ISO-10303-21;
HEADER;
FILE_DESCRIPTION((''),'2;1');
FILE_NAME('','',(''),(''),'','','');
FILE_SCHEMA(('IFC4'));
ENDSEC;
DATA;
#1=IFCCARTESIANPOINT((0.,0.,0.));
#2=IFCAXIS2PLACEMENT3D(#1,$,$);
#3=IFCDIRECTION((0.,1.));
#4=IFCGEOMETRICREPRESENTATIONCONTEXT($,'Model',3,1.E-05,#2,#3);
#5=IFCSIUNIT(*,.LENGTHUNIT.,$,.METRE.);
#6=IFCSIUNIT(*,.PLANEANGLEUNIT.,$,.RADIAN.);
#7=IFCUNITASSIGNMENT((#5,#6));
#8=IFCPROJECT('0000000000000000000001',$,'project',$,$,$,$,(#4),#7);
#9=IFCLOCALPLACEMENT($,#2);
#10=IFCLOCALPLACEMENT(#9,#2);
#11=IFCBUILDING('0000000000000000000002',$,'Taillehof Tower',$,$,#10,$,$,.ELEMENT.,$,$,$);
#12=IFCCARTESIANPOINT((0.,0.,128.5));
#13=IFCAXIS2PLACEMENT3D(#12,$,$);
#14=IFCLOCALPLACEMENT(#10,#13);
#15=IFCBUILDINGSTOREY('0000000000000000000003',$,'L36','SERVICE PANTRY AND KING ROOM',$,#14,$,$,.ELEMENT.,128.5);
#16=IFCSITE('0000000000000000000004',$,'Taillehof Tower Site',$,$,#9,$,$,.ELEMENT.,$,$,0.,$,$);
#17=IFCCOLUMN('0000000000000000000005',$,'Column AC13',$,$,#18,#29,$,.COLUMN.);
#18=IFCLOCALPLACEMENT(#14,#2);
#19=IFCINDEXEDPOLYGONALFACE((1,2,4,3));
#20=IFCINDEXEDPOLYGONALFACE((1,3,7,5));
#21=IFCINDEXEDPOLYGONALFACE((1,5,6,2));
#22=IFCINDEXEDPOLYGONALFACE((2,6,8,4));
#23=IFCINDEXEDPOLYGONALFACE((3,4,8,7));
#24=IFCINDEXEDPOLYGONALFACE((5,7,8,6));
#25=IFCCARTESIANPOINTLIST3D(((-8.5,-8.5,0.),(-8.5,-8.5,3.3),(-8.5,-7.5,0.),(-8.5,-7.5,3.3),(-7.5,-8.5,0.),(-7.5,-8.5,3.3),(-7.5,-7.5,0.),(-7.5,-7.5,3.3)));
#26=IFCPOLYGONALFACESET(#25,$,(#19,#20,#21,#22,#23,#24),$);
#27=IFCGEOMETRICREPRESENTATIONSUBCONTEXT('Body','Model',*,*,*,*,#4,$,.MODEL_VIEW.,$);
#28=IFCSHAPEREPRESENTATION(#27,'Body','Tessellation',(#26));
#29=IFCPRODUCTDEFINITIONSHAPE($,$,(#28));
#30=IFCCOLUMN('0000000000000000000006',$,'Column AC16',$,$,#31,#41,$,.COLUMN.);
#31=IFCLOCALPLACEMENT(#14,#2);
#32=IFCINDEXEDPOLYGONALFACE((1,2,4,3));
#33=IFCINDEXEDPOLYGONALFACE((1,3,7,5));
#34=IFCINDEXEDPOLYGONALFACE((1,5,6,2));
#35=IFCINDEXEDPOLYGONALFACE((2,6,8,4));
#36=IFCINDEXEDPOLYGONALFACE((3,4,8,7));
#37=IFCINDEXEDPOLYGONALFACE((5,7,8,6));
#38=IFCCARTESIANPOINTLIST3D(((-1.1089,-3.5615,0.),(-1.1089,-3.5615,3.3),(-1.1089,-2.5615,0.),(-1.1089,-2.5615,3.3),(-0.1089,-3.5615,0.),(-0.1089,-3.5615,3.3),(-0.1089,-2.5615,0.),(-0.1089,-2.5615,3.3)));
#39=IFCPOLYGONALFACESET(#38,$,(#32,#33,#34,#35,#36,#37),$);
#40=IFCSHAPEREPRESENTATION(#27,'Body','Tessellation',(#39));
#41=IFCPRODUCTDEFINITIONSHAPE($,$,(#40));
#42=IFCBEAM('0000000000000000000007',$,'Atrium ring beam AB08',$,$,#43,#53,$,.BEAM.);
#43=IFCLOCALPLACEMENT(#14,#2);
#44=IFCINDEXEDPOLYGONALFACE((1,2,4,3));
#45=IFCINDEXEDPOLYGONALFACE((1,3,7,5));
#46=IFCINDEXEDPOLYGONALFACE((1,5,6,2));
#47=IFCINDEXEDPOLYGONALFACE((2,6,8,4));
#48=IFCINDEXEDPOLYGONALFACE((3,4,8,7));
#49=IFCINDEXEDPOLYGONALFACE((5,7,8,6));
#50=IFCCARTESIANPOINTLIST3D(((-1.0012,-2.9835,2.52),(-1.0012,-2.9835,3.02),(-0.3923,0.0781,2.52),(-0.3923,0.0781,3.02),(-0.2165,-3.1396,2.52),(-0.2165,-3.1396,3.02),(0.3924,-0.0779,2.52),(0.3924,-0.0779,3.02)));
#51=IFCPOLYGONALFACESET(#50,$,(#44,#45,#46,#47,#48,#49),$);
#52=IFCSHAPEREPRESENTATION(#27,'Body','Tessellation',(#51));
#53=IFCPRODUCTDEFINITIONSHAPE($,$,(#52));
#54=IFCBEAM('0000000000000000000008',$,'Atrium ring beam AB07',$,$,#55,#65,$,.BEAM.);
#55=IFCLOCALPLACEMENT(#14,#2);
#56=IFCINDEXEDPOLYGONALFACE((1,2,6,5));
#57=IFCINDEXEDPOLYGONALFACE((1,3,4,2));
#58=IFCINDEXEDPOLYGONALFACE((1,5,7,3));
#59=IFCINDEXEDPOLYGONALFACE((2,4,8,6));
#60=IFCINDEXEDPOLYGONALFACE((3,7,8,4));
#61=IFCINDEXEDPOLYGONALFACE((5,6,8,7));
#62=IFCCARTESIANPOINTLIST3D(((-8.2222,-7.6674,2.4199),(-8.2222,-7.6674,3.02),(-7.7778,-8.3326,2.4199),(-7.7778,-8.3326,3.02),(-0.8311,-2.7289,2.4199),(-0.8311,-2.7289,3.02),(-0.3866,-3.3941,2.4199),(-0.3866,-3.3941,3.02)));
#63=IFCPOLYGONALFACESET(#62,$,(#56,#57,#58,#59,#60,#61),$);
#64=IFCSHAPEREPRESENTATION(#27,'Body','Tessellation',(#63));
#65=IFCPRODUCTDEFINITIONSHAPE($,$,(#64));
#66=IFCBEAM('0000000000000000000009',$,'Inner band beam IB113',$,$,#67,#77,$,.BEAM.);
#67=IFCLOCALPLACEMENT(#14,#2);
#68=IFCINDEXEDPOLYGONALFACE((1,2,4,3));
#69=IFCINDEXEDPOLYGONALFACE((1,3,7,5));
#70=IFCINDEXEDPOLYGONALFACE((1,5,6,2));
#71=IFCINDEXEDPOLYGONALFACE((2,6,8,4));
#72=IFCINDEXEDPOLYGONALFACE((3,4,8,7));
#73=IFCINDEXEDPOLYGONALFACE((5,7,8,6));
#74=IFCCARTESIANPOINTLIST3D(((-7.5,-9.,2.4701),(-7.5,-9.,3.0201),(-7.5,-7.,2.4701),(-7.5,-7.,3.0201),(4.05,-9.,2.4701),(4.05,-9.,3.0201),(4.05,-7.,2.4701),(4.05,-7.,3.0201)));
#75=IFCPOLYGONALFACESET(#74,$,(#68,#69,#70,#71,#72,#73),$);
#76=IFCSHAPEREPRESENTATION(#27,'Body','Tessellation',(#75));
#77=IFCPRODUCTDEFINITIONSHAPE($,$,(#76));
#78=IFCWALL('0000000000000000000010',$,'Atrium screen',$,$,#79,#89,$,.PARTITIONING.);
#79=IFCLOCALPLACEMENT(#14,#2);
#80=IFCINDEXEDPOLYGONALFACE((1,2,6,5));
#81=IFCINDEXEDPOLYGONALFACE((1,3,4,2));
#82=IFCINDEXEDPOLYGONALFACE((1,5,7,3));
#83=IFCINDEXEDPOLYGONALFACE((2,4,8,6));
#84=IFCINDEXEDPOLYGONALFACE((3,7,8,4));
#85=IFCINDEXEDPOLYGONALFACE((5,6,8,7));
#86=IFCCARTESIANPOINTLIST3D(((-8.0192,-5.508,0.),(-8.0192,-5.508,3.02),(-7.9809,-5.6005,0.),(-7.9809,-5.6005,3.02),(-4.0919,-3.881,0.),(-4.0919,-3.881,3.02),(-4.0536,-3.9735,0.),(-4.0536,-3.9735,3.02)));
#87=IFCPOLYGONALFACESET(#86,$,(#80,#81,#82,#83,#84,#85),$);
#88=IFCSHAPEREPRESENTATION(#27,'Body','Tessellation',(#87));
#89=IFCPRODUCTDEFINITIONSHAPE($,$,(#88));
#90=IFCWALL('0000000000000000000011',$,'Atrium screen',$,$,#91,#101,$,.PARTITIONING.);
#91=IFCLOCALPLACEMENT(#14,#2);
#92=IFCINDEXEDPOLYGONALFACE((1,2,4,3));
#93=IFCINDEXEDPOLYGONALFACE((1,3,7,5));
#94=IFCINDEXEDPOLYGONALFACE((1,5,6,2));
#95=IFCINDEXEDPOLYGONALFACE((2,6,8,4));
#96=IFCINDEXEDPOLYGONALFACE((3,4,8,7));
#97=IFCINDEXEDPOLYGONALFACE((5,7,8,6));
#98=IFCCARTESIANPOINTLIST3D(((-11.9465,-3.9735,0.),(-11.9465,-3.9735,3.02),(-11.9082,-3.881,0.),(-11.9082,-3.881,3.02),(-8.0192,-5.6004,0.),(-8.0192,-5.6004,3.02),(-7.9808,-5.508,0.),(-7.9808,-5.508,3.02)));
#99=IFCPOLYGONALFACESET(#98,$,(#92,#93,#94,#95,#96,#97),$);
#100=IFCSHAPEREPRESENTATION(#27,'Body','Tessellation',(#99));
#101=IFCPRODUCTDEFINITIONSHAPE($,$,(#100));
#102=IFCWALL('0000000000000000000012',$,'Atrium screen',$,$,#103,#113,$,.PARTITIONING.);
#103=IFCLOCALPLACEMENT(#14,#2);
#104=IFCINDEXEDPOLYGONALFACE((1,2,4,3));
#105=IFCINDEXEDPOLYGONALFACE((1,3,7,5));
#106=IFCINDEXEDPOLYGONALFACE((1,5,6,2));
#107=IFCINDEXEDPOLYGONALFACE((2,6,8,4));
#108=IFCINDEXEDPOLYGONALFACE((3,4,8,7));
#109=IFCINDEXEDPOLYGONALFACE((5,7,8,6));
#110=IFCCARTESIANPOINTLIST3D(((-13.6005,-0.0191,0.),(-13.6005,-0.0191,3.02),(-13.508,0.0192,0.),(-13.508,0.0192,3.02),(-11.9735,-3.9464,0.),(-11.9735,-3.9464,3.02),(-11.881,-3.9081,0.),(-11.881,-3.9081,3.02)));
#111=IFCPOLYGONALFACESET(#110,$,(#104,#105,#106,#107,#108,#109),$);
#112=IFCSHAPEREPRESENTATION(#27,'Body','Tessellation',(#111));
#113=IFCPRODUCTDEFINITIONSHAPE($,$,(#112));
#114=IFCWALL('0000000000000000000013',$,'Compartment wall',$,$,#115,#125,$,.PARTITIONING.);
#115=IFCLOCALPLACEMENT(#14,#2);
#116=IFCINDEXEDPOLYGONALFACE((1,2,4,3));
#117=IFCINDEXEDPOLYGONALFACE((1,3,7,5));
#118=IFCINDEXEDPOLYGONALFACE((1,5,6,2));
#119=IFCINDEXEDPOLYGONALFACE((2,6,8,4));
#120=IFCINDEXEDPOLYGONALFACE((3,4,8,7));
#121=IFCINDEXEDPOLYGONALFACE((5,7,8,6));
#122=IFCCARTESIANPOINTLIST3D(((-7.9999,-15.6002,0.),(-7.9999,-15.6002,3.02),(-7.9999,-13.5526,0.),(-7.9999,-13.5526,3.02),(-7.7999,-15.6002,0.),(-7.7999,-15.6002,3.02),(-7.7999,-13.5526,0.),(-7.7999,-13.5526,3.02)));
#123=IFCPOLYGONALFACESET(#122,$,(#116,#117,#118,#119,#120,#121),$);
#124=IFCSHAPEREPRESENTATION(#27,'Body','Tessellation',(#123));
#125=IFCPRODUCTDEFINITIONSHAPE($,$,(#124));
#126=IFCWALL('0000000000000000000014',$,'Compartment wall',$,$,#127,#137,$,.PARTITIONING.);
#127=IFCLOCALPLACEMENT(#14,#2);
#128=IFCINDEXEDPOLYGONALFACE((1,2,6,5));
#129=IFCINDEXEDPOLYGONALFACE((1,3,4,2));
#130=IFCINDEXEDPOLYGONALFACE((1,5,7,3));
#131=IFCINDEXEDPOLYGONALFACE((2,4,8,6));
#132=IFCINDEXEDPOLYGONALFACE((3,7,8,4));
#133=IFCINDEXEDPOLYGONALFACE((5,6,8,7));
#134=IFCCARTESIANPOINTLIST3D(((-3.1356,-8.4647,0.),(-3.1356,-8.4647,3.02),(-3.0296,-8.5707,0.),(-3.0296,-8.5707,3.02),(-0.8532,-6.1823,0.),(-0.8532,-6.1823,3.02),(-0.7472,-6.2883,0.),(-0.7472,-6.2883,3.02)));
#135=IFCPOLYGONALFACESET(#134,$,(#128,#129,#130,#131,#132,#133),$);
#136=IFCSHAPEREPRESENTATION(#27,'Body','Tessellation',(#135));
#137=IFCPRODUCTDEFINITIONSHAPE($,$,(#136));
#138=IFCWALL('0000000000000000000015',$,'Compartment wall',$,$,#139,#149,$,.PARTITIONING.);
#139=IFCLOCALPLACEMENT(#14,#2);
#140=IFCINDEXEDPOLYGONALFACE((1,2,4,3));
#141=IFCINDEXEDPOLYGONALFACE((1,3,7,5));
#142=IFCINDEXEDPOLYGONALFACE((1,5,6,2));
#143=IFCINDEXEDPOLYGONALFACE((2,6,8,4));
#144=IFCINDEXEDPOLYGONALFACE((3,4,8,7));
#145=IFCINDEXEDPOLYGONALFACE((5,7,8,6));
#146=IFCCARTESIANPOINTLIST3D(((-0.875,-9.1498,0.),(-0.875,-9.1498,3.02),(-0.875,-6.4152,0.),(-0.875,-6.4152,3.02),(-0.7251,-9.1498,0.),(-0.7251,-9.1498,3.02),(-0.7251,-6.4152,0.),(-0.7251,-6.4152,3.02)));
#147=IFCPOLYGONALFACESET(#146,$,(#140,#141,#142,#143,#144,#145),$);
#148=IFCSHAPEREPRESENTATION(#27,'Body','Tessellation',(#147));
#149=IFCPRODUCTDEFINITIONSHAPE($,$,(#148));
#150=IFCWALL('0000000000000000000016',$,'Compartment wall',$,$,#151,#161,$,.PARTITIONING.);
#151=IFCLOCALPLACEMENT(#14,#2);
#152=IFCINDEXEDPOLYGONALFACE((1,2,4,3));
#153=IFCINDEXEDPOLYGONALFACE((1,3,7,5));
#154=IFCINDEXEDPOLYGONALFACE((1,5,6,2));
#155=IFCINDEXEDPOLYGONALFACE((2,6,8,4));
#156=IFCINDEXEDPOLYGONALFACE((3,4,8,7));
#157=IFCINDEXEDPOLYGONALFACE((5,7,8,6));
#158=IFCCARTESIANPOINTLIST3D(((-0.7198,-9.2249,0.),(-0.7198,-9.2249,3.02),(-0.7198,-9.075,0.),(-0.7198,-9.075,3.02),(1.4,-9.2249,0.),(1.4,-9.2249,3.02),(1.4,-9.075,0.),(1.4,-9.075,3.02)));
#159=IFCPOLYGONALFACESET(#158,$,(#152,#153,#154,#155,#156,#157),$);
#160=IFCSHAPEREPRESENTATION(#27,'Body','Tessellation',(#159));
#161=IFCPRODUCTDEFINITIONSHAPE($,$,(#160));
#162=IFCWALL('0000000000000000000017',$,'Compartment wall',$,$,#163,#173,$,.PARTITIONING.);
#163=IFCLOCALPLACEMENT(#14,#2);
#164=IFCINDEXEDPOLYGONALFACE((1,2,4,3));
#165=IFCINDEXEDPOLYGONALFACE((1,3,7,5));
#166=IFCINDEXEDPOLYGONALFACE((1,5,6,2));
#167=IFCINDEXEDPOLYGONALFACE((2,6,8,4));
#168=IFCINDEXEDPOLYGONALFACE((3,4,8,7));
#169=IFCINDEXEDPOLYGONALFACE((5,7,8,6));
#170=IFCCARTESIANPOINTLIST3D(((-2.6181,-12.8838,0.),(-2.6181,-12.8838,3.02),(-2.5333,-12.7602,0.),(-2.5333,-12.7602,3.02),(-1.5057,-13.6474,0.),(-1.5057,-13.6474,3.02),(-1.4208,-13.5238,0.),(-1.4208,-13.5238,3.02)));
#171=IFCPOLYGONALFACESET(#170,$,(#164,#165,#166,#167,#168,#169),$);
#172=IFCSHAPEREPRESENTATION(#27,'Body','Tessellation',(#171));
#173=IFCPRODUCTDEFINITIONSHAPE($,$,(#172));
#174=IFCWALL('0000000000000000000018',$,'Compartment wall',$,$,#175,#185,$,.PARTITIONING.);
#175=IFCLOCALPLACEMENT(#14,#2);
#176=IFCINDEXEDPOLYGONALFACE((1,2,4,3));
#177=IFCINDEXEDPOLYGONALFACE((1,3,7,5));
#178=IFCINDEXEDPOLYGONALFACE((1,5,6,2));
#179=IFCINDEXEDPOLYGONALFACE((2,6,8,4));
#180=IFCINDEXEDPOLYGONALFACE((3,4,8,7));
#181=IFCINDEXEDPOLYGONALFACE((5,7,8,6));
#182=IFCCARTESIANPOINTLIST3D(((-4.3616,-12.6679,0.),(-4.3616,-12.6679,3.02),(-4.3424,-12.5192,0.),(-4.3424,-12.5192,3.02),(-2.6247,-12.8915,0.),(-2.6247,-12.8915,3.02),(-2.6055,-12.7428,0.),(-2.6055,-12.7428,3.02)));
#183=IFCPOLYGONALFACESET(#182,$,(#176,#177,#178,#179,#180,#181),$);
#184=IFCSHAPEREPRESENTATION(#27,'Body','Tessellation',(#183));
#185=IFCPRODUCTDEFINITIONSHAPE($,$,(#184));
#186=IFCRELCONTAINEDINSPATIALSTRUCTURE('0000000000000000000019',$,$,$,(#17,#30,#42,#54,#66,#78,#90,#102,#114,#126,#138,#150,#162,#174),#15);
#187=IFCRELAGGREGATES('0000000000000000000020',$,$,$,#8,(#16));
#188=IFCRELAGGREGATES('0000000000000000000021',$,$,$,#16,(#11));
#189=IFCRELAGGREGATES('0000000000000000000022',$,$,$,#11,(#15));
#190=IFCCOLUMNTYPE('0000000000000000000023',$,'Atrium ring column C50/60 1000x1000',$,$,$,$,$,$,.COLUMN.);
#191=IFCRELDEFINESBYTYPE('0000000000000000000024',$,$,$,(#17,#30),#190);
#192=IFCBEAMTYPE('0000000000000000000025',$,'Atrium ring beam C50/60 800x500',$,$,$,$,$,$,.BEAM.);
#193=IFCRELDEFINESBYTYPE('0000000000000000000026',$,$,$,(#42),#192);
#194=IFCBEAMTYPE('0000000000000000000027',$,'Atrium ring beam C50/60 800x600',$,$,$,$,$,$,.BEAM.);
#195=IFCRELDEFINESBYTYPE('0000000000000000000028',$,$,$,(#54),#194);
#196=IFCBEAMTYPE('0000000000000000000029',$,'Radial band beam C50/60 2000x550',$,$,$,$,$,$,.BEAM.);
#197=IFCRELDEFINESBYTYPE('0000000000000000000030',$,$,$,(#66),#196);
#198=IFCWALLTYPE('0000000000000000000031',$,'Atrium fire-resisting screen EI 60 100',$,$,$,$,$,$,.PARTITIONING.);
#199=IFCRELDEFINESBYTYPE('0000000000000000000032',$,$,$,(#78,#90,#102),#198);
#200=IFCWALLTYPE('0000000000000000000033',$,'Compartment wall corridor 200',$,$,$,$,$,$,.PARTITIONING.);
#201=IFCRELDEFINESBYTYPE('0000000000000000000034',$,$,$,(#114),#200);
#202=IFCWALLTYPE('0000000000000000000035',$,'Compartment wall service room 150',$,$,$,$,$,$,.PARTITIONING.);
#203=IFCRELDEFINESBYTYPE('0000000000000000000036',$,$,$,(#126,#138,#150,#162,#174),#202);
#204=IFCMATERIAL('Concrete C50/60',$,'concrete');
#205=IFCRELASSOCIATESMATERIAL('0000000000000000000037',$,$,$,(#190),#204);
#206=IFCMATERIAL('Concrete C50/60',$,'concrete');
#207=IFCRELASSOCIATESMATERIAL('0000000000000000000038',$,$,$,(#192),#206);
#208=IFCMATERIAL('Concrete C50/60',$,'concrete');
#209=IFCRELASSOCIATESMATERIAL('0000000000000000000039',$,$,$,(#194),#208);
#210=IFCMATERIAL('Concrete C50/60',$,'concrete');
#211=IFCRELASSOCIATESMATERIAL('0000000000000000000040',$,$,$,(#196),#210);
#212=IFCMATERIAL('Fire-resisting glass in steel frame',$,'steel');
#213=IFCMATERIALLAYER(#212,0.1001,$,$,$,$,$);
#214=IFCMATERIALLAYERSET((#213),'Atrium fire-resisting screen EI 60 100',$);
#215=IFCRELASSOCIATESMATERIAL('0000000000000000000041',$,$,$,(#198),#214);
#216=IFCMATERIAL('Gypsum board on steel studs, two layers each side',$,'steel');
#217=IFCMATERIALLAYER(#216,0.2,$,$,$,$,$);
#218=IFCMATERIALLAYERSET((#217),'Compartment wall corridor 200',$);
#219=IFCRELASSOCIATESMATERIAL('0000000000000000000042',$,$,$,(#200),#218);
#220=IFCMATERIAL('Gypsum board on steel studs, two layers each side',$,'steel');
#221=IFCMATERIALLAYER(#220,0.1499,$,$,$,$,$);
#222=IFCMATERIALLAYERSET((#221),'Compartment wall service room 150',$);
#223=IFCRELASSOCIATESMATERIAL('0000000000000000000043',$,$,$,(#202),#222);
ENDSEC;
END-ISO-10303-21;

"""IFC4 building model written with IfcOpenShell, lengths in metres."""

from ifc_helpers import new_model, si_unit, direction, frame, frame_2d, origin, origin_2d, place, context, subcontext, project, spatial, rectangle, extrude, material, layer, layer_set, material_profile, profile_set, type_object, element, save


model = new_model("IFC4")

# Units and contexts
model_context = context("Model", 3, precision=1e-05, world=origin(), true_north=direction((0.0, 1.0)))
body_context = subcontext(model_context, "Body", "Model", "MODEL_VIEW")
ifc_project = project(units=[si_unit("LENGTHUNIT", "METRE"), si_unit("PLANEANGLEUNIT", "RADIAN")], contexts=[model_context])

# Site, building, storey
site_placement = place(None, origin())
site = spatial("IfcSite", under=ifc_project, at=site_placement, Name="Taillehof Tower Site", CompositionType="ELEMENT", RefElevation=0.0)
building_placement = place(site_placement, origin())
building = spatial("IfcBuilding", under=site, at=building_placement, Name="Taillehof Tower", CompositionType="ELEMENT")
storey_placement = place(building_placement, frame((0.0, 0.0, 128.5)))
storey = spatial("IfcBuildingStorey", under=building, at=storey_placement, Name="L36", Description="SERVICE PANTRY AND KING ROOM", CompositionType="ELEMENT", Elevation=128.5)

# Columns
ifc_material_1 = material(Name="Concrete C50/60", Category="concrete")
ifc_material_profile_1 = material_profile(ifc_material_1, rectangle(XDim=1.0, YDim=1.0, at=origin_2d()), Name="RC 1000x1000")
ifc_profile_set_1 = profile_set([ifc_material_profile_1], Name="Concrete C50/60")
column_type = type_object("IfcColumnType", Name="Atrium ring column C50/60 1000x1000", PredefinedType="COLUMN", material=ifc_profile_set_1)
for number, where, z_axis, x_axis, name in (
    (1, (-8.0, -8.0, 0.0), (0.0, 0.0, 1.0), (1.0, 0.0, 0.0), "Column AC13"),
    (2, (-0.6089, -3.0615, 0.0), (0.0, 0.0, 1.0), (1.0, 0.0, 0.0), "Column AC16"),
):
    element("IfcColumn", number, at=place(storey_placement, frame(where, z_axis=z_axis, x_axis=x_axis)), inside=storey, type_object=column_type, Name=name, PredefinedType="COLUMN", context=body_context, shape_type="SweptSolid", body=[
        extrude(rectangle(XDim=1.0, YDim=1.0, at=origin_2d()), origin(), (0.0, 0.0, 1.0), 3.3),
    ])

# Beams
ifc_material_2 = material(Name="Concrete C50/60", Category="concrete")
ifc_material_profile_2 = material_profile(ifc_material_2, rectangle(XDim=0.8, YDim=0.5, at=origin_2d()), Name="RC 800x500")
ifc_profile_set_2 = profile_set([ifc_material_profile_2], Name="Concrete C50/60")
beam_type_1 = type_object("IfcBeamType", Name="Atrium ring beam C50/60 800x500", PredefinedType="BEAM", material=ifc_profile_set_2)
beam_1_placement = place(storey_placement, frame((-0.6089, -3.0615, 2.77), z_axis=(0.195063, 0.980791, 0.0), x_axis=(-0.980791, 0.195063, 0.0)))
element("IfcBeam", 3, at=beam_1_placement, inside=storey, type_object=beam_type_1, Name="Atrium ring beam AB08", PredefinedType="BEAM", context=body_context, shape_type="SweptSolid", body=[
    extrude(rectangle(XDim=0.8, YDim=0.5, at=origin_2d()), origin(), (0.0, 0.0, 1.0), 3.1216),
])
ifc_material_3 = material(Name="Concrete C50/60", Category="concrete")
ifc_material_profile_3 = material_profile(ifc_material_3, rectangle(XDim=0.8, YDim=0.6001, at=origin_2d()), Name="RC 800x600")
ifc_profile_set_3 = profile_set([ifc_material_profile_3], Name="Concrete C50/60")
beam_type_2 = type_object("IfcBeamType", Name="Atrium ring beam C50/60 800x600", PredefinedType="BEAM", material=ifc_profile_set_3)
beam_2_placement = place(storey_placement, frame((-8.0, -8.0, 2.72), z_axis=(0.831475, 0.555562, 0.0), x_axis=(-0.555562, 0.831475, 0.0)))
element("IfcBeam", 4, at=beam_2_placement, inside=storey, type_object=beam_type_2, Name="Atrium ring beam AB07", PredefinedType="BEAM", context=body_context, shape_type="SweptSolid", body=[
    extrude(rectangle(XDim=0.8, YDim=0.6001, at=origin_2d()), origin(), (0.0, 0.0, 1.0), 8.8892),
])
ifc_material_4 = material(Name="Concrete C50/60", Category="concrete")
ifc_material_profile_4 = material_profile(ifc_material_4, rectangle(XDim=2.0, YDim=0.55, at=origin_2d()), Name="RC 2000x550")
ifc_profile_set_4 = profile_set([ifc_material_profile_4], Name="Concrete C50/60")
beam_type_3 = type_object("IfcBeamType", Name="Radial band beam C50/60 2000x550", PredefinedType="BEAM", material=ifc_profile_set_4)
beam_3_placement = place(storey_placement, frame((-7.5, -8.0, 2.7451), z_axis=(1.0, 0.0, 0.0), x_axis=(0.0, 1.0, 0.0)))
element("IfcBeam", 5, at=beam_3_placement, inside=storey, type_object=beam_type_3, Name="Inner band beam IB113", PredefinedType="BEAM", context=body_context, shape_type="SweptSolid", body=[
    extrude(rectangle(XDim=2.0, YDim=0.55, at=origin_2d()), origin(), (0.0, 0.0, 1.0), 11.55),
])

# Walls
ifc_material_5 = material(Name="Fire-resisting glass in steel frame", Category="steel")
ifc_layer_1 = layer(ifc_material_5, 0.1001)
ifc_layer_set_1 = layer_set([ifc_layer_1], Name="Atrium fire-resisting screen EI 60 100")
wall_type_1 = type_object("IfcWallType", Name="Atrium fire-resisting screen EI 60 100", PredefinedType="PARTITIONING", material=ifc_layer_set_1)
for number, where, z_axis, x_axis, name in (
    (6, (-4.0728, -3.9272, 0.0), (0.0, 0.0, 1.0), (-0.92386, -0.382731, 0.0), "Atrium screen"),
    (7, (-8.0, -5.5542, 0.0), (0.0, 0.0, 1.0), (-0.92386, 0.382731, 0.0), "Atrium screen"),
    (8, (-11.9272, -3.9272, 0.0), (0.0, 0.0, 1.0), (-0.382731, 0.92386, 0.0), "Atrium screen"),
):
    element("IfcWall", number, at=place(storey_placement, frame(where, z_axis=z_axis, x_axis=x_axis)), inside=storey, type_object=wall_type_1, Name=name, PredefinedType="PARTITIONING", context=body_context, shape_type="SweptSolid", body=[
        extrude(rectangle(XDim=4.251, YDim=0.1001, at=frame_2d((2.1255, 0.0))), origin(), (0.0, 0.0, 1.0), 3.02),
    ])
ifc_material_6 = material(Name="Gypsum board on steel studs, two layers each side", Category="steel")
ifc_layer_2 = layer(ifc_material_6, 0.2)
ifc_layer_set_2 = layer_set([ifc_layer_2], Name="Compartment wall corridor 200")
wall_type_2 = type_object("IfcWallType", Name="Compartment wall corridor 200", PredefinedType="PARTITIONING", material=ifc_layer_set_2)
wall_1_placement = place(storey_placement, frame((-7.8999, -13.5525, 0.0), z_axis=(0.0, 0.0, 1.0), x_axis=(0.0, -1.0, 0.0)))
element("IfcWall", 9, at=wall_1_placement, inside=storey, type_object=wall_type_2, Name="Compartment wall", PredefinedType="PARTITIONING", context=body_context, shape_type="SweptSolid", body=[
    extrude(rectangle(XDim=2.0476, YDim=0.2, at=frame_2d((1.0239, 0.0))), origin(), (0.0, 0.0, 1.0), 3.02),
])
ifc_material_7 = material(Name="Gypsum board on steel studs, two layers each side", Category="steel")
ifc_layer_3 = layer(ifc_material_7, 0.1499)
ifc_layer_set_3 = layer_set([ifc_layer_3], Name="Compartment wall service room 150")
wall_type_3 = type_object("IfcWallType", Name="Compartment wall service room 150", PredefinedType="PARTITIONING", material=ifc_layer_set_3)
wall_2_placement = place(storey_placement, frame((-3.0825, -8.5176, 0.0), z_axis=(0.0, 0.0, 1.0), x_axis=(0.707107, 0.707107, 0.0)))
element("IfcWall", 10, at=wall_2_placement, inside=storey, type_object=wall_type_3, Name="Compartment wall", PredefinedType="PARTITIONING", context=body_context, shape_type="SweptSolid", body=[
    extrude(rectangle(XDim=3.2278, YDim=0.1499, at=frame_2d((1.6138, 0.0))), origin(), (0.0, 0.0, 1.0), 3.02),
])
wall_3_placement = place(storey_placement, frame((-0.8, -6.4153, 0.0), z_axis=(0.0, 0.0, 1.0), x_axis=(0.0, -1.0, 0.0)))
element("IfcWall", 11, at=wall_3_placement, inside=storey, type_object=wall_type_3, Name="Compartment wall", PredefinedType="PARTITIONING", context=body_context, shape_type="SweptSolid", body=[
    extrude(rectangle(XDim=2.7346, YDim=0.1499, at=frame_2d((1.3672, 0.0))), origin(), (0.0, 0.0, 1.0), 3.02),
])
wall_4_placement = place(storey_placement, frame((-0.72, -9.1499, 0.0), z_axis=(0.0, 0.0, 1.0), x_axis=(1.0, 0.0, 0.0)))
element("IfcWall", 12, at=wall_4_placement, inside=storey, type_object=wall_type_3, Name="Compartment wall", PredefinedType="PARTITIONING", context=body_context, shape_type="SweptSolid", body=[
    extrude(rectangle(XDim=2.1199, YDim=0.1499, at=frame_2d((1.0601, 0.0))), origin(), (0.0, 0.0, 1.0), 3.02),
])
wall_5_placement = place(storey_placement, frame((-1.4631, -13.5857, 0.0), z_axis=(0.0, 0.0, 1.0), x_axis=(-0.824459, 0.565922, 0.0)))
element("IfcWall", 13, at=wall_5_placement, inside=storey, type_object=wall_type_3, Name="Compartment wall", PredefinedType="PARTITIONING", context=body_context, shape_type="SweptSolid", body=[
    extrude(rectangle(XDim=1.3494, YDim=0.1499, at=frame_2d((0.6748, 0.0))), origin(), (0.0, 0.0, 1.0), 3.02),
])
wall_6_placement = place(storey_placement, frame((-2.6152, -12.8171, 0.0), z_axis=(0.0, 0.0, 1.0), x_axis=(-0.991812, 0.127706, 0.0)))
element("IfcWall", 14, at=wall_6_placement, inside=storey, type_object=wall_type_3, Name="Compartment wall", PredefinedType="PARTITIONING", context=body_context, shape_type="SweptSolid", body=[
    extrude(rectangle(XDim=1.7512, YDim=0.1499, at=frame_2d((0.8755, 0.0))), origin(), (0.0, 0.0, 1.0), 3.02),
])

save(model, "model.ifc")
